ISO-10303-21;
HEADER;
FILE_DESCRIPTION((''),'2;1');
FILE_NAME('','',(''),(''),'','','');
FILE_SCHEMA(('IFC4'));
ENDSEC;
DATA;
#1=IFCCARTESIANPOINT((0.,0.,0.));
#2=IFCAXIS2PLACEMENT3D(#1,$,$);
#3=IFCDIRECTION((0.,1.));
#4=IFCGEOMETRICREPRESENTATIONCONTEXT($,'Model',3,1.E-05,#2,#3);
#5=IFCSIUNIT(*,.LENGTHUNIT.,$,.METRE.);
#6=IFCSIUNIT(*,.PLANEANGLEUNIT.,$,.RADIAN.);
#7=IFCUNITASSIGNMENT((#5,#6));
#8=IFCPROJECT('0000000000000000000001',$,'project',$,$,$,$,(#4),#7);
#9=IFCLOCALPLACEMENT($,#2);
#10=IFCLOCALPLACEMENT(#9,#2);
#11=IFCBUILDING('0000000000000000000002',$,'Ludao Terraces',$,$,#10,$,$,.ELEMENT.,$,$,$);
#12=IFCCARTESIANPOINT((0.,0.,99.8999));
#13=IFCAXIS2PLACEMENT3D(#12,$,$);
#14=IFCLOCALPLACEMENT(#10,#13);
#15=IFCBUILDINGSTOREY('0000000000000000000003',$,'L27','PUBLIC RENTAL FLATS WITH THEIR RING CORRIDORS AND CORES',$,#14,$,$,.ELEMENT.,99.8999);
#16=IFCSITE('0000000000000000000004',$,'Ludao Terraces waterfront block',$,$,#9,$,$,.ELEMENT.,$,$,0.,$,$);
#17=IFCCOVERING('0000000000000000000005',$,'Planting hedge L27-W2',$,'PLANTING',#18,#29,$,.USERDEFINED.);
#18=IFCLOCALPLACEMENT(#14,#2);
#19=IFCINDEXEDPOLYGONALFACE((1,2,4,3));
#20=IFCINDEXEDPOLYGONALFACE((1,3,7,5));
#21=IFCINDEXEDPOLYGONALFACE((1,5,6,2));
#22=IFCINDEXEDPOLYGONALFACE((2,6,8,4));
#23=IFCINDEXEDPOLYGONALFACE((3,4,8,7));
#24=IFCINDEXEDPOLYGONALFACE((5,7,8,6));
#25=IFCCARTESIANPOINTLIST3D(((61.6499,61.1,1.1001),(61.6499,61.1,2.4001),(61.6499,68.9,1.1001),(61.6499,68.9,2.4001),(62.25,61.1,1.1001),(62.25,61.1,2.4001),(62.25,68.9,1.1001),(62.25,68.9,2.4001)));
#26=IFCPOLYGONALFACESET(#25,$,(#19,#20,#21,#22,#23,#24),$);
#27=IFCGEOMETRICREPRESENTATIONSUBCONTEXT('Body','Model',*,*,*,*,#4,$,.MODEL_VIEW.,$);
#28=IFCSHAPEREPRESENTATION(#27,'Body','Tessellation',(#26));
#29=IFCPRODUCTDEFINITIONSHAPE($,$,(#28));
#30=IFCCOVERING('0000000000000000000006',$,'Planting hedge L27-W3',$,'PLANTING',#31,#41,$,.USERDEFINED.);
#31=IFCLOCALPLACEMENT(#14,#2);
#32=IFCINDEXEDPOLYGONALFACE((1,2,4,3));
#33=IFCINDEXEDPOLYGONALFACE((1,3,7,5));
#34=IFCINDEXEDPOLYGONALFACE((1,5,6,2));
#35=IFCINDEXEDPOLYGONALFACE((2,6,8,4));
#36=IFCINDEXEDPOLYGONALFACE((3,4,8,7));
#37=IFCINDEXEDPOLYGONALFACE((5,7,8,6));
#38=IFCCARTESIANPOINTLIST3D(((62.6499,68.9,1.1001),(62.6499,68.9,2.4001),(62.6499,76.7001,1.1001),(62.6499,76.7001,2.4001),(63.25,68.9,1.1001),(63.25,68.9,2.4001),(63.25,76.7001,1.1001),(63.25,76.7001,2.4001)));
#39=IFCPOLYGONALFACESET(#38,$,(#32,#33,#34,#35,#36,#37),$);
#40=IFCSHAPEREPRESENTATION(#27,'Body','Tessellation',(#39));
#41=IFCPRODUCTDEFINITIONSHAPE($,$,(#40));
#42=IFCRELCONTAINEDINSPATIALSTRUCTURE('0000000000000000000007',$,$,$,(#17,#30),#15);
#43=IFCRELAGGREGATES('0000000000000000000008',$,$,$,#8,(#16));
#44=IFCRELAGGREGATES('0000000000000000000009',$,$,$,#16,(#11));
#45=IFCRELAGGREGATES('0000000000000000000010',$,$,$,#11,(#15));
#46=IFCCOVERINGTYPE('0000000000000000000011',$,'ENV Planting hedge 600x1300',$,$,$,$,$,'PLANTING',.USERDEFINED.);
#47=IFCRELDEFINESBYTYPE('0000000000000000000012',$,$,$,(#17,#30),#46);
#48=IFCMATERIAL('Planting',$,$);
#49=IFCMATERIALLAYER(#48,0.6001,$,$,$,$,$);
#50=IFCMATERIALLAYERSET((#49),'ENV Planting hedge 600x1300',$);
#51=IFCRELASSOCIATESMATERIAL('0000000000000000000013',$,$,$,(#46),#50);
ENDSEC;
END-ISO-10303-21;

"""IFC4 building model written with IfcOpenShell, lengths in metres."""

from ifc_helpers import new_model, si_unit, direction, frame, origin, origin_2d, place, context, subcontext, project, spatial, rectangle, extrude, material, layer, layer_set, type_object, element, save


model = new_model("IFC4")

# Units and contexts
model_context = context("Model", 3, precision=1e-05, world=origin(), true_north=direction((0.0, 1.0)))
body_context = subcontext(model_context, "Body", "Model", "MODEL_VIEW")
ifc_project = project(units=[si_unit("LENGTHUNIT", "METRE"), si_unit("PLANEANGLEUNIT", "RADIAN")], contexts=[model_context])

# Site, building, storey
site_placement = place(None, origin())
site = spatial("IfcSite", under=ifc_project, at=site_placement, Name="Ludao Terraces waterfront block", CompositionType="ELEMENT", RefElevation=0.0)
building_placement = place(site_placement, origin())
building = spatial("IfcBuilding", under=site, at=building_placement, Name="Ludao Terraces", CompositionType="ELEMENT")
storey_placement = place(building_placement, frame((0.0, 0.0, 99.8999)))
storey = spatial("IfcBuildingStorey", under=building, at=storey_placement, Name="L27", Description="PUBLIC RENTAL FLATS WITH THEIR RING CORRIDORS AND CORES", CompositionType="ELEMENT", Elevation=99.8999)

# Coverings
ifc_material_1 = material(Name="Planting")
ifc_layer_1 = layer(ifc_material_1, 0.6001)
ifc_layer_set_1 = layer_set([ifc_layer_1], Name="ENV Planting hedge 600x1300")
covering_type = type_object("IfcCoveringType", Name="ENV Planting hedge 600x1300", ElementType="PLANTING", PredefinedType="USERDEFINED", material=ifc_layer_set_1)
for number, where, z_axis, x_axis, name in (
    (1, (61.95, 65.0, 1.1001), (0.0, 0.0, 1.0), (1.0, 0.0, 0.0), "Planting hedge L27-W2"),
    (2, (62.95, 72.8, 1.1001), (0.0, 0.0, 1.0), (1.0, 0.0, 0.0), "Planting hedge L27-W3"),
):
    element("IfcCovering", number, at=place(storey_placement, frame(where, z_axis=z_axis, x_axis=x_axis)), inside=storey, type_object=covering_type, Name=name, ObjectType="PLANTING", PredefinedType="USERDEFINED", context=body_context, shape_type="SweptSolid", body=[
        extrude(rectangle(XDim=0.6001, YDim=7.8, at=origin_2d()), origin(), (0.0, 0.0, 1.0), 1.3),
    ])

save(model, "model.ifc")
